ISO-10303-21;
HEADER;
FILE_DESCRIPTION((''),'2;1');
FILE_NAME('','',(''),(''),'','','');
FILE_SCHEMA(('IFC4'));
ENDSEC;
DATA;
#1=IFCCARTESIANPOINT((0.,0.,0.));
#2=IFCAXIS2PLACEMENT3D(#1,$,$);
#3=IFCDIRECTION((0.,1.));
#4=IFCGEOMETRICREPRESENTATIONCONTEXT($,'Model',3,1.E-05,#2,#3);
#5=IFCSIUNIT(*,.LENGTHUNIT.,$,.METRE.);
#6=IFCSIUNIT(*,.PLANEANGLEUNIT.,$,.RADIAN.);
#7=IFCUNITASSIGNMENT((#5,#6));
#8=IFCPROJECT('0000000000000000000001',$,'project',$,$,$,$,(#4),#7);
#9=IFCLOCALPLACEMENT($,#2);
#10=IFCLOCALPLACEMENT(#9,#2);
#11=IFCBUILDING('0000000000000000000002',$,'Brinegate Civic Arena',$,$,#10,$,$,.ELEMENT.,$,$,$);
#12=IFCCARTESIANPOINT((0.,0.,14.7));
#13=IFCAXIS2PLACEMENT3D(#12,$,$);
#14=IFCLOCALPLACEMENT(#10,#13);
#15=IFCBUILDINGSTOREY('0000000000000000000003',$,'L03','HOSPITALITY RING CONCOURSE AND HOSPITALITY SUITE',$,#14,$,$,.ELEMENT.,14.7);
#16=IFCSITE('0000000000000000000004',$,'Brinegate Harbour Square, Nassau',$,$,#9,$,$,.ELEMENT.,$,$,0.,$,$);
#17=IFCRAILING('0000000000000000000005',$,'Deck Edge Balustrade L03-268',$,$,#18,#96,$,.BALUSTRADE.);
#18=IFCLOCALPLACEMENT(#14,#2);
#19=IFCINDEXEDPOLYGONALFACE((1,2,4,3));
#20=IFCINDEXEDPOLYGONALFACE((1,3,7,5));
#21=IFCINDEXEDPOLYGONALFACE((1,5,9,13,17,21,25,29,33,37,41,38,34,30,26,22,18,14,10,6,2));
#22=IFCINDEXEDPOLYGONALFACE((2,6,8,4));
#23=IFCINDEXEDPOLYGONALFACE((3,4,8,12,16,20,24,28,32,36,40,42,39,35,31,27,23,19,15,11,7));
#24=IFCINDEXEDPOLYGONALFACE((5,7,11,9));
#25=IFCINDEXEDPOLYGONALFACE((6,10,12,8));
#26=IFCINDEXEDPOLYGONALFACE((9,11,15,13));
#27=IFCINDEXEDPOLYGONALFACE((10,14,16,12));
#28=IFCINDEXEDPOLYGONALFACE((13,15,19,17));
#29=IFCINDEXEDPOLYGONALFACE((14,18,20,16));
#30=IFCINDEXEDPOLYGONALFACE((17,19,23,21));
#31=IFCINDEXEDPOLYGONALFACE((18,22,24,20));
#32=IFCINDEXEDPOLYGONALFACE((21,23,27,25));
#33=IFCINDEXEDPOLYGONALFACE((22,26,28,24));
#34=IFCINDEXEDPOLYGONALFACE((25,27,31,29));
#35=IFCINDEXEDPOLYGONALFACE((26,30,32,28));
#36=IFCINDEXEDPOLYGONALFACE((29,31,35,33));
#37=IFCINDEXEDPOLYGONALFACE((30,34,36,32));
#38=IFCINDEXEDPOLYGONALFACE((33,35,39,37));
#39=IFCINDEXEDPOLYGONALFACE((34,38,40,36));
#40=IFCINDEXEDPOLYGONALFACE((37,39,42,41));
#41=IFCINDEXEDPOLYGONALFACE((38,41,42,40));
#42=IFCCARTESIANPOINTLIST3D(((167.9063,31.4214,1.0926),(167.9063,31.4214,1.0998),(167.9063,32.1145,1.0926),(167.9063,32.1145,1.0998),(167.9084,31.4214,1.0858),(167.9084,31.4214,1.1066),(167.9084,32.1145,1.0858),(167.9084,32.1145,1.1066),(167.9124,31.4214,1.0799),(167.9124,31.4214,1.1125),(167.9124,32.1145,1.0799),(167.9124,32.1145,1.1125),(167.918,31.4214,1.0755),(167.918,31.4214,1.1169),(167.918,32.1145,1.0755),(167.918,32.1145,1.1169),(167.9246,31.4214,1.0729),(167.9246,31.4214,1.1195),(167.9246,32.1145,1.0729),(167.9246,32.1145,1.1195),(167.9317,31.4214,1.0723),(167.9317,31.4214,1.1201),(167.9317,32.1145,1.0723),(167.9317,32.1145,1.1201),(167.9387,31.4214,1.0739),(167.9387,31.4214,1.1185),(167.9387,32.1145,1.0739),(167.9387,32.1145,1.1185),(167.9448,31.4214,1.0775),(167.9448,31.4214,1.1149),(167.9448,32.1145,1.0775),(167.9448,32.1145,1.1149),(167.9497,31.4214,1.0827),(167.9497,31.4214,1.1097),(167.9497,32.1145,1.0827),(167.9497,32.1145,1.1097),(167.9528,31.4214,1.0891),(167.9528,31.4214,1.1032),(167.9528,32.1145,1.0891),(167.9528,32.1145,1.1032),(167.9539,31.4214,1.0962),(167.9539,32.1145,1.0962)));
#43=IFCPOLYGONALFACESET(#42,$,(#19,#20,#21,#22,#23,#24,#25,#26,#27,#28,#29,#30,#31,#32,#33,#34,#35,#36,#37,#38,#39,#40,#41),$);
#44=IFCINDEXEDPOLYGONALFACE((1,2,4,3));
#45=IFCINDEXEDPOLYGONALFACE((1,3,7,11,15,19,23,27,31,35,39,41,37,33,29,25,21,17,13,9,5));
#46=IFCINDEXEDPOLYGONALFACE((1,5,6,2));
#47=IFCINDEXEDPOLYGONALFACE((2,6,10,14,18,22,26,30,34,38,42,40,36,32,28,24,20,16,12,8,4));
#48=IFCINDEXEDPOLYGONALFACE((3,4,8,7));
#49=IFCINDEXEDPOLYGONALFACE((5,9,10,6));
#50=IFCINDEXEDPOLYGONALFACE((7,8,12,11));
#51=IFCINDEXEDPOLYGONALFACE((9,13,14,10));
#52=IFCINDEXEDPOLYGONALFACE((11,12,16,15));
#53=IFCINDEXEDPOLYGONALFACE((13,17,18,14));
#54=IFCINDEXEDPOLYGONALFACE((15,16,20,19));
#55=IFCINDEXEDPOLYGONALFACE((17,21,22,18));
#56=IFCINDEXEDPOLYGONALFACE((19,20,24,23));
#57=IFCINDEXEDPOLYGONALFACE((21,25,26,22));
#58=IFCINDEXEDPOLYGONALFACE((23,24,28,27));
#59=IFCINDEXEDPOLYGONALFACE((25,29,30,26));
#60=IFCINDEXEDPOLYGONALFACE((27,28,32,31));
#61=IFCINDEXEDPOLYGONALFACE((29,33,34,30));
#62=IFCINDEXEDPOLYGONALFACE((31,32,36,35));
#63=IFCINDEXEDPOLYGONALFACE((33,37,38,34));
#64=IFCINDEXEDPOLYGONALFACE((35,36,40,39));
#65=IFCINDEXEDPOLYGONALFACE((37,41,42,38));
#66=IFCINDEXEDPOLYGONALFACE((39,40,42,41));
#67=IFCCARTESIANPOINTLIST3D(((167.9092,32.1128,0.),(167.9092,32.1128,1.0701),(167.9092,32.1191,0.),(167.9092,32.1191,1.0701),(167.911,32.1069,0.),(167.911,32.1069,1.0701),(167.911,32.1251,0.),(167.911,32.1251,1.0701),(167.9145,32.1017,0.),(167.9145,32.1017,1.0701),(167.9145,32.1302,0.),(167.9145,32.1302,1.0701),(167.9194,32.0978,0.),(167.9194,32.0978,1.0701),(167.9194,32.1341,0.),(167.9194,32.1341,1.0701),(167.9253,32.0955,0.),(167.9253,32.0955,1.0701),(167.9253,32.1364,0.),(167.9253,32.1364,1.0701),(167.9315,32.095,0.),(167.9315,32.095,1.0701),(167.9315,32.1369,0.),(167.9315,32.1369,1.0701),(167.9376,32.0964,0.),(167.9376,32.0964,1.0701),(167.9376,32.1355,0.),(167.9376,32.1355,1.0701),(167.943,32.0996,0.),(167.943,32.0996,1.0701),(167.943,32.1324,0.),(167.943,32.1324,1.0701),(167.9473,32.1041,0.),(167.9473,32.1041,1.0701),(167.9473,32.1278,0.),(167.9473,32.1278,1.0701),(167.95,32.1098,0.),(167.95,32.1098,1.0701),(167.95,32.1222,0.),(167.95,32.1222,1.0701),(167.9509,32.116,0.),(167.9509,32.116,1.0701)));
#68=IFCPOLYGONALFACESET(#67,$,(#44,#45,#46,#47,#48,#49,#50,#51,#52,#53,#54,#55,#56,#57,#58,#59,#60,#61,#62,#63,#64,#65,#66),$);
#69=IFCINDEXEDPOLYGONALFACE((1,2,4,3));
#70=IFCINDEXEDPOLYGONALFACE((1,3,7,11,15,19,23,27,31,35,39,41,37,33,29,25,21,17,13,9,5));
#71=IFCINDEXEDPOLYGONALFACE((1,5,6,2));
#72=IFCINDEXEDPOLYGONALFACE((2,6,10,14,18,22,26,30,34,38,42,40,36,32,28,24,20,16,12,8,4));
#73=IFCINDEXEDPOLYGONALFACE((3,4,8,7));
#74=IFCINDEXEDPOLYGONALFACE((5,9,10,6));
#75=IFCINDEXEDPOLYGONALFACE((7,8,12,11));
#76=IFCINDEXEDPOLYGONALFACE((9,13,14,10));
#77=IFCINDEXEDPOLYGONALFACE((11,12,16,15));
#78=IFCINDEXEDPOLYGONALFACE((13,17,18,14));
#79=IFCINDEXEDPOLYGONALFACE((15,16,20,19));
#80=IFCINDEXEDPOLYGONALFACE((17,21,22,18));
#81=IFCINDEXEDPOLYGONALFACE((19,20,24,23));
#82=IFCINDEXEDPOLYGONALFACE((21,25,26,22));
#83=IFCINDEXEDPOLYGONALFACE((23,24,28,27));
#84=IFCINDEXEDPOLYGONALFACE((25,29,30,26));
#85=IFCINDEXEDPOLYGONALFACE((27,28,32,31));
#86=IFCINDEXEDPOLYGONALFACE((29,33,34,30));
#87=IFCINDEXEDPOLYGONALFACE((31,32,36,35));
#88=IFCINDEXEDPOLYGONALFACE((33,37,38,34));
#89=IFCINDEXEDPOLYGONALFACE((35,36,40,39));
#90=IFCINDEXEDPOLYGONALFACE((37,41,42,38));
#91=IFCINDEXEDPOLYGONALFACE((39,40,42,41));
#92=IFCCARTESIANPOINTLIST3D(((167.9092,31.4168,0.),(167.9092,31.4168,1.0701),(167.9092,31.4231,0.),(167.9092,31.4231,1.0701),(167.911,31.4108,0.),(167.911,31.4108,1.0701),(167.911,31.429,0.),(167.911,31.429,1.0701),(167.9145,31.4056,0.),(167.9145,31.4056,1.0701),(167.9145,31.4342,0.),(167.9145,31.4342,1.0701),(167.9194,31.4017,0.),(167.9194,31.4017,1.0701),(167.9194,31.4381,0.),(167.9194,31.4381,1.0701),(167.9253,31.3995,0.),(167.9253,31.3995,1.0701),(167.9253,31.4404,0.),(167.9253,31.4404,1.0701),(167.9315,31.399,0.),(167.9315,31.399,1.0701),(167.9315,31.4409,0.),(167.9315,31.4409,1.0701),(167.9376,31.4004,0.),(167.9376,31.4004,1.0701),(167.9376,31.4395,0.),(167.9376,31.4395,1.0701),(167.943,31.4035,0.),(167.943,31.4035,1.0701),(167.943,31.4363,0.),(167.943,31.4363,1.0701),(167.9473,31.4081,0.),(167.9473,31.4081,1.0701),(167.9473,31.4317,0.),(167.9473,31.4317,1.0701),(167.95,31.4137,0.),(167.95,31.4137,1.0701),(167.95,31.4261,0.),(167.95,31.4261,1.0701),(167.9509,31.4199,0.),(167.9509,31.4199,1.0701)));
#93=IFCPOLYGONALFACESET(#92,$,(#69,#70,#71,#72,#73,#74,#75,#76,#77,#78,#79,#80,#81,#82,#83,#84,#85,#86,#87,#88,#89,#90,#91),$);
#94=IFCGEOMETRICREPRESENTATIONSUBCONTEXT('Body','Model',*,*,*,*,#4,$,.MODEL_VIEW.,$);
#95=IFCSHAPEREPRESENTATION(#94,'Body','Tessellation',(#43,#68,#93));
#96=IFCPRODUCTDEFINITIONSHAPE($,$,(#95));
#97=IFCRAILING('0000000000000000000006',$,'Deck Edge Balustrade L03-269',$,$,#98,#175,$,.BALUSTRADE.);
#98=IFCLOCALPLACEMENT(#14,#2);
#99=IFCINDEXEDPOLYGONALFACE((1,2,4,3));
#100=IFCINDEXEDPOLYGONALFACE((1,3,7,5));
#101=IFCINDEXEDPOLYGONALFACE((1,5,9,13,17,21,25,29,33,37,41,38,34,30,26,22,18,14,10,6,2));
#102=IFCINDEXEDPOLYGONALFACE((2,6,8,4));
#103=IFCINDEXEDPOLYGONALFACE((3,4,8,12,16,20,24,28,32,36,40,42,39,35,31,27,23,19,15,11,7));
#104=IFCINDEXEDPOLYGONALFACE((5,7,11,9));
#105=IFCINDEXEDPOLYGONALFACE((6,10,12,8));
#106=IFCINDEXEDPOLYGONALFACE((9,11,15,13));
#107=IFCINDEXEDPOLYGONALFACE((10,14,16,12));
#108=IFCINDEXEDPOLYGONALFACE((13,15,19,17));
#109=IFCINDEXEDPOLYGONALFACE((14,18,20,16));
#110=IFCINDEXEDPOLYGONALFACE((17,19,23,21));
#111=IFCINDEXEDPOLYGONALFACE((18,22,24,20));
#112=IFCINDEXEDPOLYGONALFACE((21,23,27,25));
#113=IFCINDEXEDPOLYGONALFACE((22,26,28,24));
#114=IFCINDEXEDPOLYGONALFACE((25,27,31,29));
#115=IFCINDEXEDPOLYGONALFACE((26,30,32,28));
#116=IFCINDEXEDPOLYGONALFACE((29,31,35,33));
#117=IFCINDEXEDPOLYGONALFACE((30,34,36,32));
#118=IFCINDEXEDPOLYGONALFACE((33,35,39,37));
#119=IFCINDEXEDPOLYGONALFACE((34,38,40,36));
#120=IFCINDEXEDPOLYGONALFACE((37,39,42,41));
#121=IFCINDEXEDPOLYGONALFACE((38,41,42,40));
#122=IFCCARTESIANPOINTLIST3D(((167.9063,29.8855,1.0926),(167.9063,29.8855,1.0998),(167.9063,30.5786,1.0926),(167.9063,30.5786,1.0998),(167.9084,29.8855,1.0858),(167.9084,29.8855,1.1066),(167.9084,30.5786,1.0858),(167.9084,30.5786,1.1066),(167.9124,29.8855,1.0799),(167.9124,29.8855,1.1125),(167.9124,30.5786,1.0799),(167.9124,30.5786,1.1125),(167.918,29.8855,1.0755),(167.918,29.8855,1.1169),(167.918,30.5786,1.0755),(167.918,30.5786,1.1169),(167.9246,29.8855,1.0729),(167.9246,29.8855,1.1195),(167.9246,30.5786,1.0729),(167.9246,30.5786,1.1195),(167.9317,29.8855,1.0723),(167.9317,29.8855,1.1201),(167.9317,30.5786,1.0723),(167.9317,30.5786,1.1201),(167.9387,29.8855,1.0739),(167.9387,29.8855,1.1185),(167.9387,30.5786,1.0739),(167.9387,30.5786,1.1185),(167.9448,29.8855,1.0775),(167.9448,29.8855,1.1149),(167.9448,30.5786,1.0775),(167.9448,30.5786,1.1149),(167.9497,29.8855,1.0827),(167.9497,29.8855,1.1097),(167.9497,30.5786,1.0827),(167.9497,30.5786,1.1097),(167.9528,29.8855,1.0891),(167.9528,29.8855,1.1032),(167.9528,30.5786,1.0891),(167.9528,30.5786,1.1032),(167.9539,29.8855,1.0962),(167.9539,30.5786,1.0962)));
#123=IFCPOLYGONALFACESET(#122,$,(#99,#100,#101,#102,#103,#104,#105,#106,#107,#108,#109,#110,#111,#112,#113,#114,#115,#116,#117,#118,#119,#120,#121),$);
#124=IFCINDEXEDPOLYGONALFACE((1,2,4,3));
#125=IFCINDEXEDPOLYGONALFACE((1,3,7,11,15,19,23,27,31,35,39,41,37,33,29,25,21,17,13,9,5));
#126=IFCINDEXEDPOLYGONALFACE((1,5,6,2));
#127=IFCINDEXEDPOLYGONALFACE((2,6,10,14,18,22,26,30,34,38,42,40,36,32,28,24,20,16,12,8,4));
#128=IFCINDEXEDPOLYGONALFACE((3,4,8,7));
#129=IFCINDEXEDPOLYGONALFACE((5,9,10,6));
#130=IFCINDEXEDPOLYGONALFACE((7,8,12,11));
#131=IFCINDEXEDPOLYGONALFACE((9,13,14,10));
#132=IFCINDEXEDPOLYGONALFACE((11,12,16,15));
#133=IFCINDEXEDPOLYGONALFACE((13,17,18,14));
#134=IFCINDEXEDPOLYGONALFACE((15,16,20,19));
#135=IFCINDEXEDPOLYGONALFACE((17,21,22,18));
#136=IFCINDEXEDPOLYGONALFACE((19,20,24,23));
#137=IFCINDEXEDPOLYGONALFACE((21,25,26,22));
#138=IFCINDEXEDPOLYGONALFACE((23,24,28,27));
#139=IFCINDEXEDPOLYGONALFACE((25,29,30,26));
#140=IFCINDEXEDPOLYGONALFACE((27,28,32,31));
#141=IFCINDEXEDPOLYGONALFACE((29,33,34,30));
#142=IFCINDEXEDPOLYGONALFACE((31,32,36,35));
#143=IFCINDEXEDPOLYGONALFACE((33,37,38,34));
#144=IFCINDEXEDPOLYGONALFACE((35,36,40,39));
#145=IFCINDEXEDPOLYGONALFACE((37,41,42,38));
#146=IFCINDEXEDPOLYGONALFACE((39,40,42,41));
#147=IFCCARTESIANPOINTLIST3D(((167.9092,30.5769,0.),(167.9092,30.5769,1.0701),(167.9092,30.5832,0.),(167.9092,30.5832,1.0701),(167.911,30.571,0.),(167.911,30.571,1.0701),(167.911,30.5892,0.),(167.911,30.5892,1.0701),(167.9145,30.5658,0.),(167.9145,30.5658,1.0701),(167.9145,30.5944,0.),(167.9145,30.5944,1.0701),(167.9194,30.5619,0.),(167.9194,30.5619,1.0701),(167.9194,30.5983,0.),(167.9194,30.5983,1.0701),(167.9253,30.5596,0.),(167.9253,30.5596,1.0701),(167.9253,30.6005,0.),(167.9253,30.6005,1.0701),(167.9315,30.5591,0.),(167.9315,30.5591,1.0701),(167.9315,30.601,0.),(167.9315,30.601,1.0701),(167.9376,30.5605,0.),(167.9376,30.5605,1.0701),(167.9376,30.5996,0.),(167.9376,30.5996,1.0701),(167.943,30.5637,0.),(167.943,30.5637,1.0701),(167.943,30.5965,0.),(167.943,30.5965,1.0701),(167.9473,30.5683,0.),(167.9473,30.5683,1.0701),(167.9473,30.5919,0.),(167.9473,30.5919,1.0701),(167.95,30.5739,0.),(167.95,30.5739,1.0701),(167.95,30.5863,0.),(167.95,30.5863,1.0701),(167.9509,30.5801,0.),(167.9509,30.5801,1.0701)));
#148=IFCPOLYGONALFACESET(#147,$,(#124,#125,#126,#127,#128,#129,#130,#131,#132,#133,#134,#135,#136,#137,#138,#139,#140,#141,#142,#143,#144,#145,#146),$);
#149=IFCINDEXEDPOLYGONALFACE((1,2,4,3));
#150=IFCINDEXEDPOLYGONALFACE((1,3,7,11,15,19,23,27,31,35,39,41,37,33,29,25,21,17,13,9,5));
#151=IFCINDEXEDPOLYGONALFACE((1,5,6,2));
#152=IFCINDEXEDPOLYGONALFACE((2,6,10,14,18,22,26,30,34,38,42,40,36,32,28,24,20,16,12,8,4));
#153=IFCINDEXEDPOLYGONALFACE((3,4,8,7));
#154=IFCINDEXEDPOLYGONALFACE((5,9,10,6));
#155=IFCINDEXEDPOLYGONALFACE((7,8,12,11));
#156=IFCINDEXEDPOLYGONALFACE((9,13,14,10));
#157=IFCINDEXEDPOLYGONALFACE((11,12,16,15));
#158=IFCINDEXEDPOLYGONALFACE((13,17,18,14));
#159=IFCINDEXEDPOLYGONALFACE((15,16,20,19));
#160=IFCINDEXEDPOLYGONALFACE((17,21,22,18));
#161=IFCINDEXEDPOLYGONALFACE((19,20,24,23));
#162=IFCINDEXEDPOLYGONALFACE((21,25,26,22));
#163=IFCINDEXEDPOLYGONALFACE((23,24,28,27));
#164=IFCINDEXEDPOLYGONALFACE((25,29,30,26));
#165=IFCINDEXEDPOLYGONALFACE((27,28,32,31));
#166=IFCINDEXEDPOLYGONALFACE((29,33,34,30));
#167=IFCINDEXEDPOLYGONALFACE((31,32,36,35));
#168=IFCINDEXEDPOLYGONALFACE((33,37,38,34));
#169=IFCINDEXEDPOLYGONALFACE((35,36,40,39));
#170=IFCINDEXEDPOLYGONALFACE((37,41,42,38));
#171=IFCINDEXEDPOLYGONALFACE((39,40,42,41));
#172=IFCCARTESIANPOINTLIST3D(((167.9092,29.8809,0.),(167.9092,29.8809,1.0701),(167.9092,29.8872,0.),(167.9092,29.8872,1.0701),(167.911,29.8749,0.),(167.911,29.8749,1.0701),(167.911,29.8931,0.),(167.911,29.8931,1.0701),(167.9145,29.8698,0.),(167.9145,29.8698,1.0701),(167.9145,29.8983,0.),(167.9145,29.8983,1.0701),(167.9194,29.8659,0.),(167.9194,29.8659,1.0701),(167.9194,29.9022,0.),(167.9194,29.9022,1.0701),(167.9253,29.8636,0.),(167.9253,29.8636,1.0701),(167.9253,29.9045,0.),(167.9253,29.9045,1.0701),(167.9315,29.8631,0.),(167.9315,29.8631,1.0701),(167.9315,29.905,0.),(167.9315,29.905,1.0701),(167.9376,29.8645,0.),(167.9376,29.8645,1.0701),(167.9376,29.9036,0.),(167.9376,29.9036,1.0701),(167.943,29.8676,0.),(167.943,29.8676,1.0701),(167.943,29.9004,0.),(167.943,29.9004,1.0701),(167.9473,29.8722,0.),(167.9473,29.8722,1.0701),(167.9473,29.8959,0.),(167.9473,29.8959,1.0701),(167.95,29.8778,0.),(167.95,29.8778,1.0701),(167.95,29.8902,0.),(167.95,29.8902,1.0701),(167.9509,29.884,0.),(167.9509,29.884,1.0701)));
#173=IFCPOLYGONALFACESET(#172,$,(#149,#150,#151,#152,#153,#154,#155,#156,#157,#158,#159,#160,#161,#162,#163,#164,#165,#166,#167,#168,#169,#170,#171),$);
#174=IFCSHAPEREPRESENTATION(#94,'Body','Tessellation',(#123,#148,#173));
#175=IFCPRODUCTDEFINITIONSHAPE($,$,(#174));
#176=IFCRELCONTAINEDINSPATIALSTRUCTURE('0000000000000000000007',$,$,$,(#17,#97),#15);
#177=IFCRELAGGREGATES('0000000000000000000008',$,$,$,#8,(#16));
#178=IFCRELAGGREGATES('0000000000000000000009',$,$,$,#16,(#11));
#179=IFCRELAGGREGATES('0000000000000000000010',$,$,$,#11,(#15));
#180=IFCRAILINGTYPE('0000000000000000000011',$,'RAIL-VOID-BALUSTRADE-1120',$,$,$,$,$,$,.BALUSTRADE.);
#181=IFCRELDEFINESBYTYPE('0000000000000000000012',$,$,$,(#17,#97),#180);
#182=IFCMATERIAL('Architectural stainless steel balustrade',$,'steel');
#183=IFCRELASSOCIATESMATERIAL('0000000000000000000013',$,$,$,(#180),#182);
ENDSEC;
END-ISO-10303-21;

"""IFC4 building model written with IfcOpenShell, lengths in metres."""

from ifc_helpers import new_model, si_unit, direction, frame, origin, origin_2d, place, context, subcontext, project, spatial, circle, extrude, material, type_object, element, save


model = new_model("IFC4")

# Units and contexts
model_context = context("Model", 3, precision=1e-05, world=origin(), true_north=direction((0.0, 1.0)))
body_context = subcontext(model_context, "Body", "Model", "MODEL_VIEW")
ifc_project = project(units=[si_unit("LENGTHUNIT", "METRE"), si_unit("PLANEANGLEUNIT", "RADIAN")], contexts=[model_context])

# Site, building, storey
site_placement = place(None, origin())
site = spatial("IfcSite", under=ifc_project, at=site_placement, Name="Brinegate Harbour Square, Nassau", CompositionType="ELEMENT", RefElevation=0.0)
building_placement = place(site_placement, origin())
building = spatial("IfcBuilding", under=site, at=building_placement, Name="Brinegate Civic Arena", CompositionType="ELEMENT")
storey_placement = place(building_placement, frame((0.0, 0.0, 14.7)))
storey = spatial("IfcBuildingStorey", under=building, at=storey_placement, Name="L03", Description="HOSPITALITY RING CONCOURSE AND HOSPITALITY SUITE", CompositionType="ELEMENT", Elevation=14.7)

# Railings
ifc_material_1 = material(Name="Architectural stainless steel balustrade", Category="steel")
railing_type_1 = type_object("IfcRailingType", Name="RAIL-VOID-BALUSTRADE-1120", PredefinedType="BALUSTRADE", material=ifc_material_1)
for number, where, name in (
    (1, (167.9299, 32.116, 0.0), "Deck Edge Balustrade L03-268"),
    (2, (167.9299, 30.5801, 0.0), "Deck Edge Balustrade L03-269"),
):
    element("IfcRailing", number, at=place(storey_placement, frame(where)), inside=storey, type_object=railing_type_1, Name=name, PredefinedType="BALUSTRADE", context=body_context, shape_type="SweptSolid", body=[
        extrude(circle(Radius=0.0239, at=origin_2d()), frame((0.0, -0.0015, 1.0962), z_axis=(0.0, -1.0, 0.0), x_axis=(1.0, 0.0, 0.0)), (0.0, 0.0, 1.0), 0.6931),
        extrude(circle(Radius=0.021, at=origin_2d()), origin(), (0.0, 0.0, 1.0), 1.0701),
        extrude(circle(Radius=0.021, at=origin_2d()), frame((0.0, -0.696, 0.0)), (0.0, 0.0, 1.0), 1.0701),
    ])

save(model, "model.ifc")
